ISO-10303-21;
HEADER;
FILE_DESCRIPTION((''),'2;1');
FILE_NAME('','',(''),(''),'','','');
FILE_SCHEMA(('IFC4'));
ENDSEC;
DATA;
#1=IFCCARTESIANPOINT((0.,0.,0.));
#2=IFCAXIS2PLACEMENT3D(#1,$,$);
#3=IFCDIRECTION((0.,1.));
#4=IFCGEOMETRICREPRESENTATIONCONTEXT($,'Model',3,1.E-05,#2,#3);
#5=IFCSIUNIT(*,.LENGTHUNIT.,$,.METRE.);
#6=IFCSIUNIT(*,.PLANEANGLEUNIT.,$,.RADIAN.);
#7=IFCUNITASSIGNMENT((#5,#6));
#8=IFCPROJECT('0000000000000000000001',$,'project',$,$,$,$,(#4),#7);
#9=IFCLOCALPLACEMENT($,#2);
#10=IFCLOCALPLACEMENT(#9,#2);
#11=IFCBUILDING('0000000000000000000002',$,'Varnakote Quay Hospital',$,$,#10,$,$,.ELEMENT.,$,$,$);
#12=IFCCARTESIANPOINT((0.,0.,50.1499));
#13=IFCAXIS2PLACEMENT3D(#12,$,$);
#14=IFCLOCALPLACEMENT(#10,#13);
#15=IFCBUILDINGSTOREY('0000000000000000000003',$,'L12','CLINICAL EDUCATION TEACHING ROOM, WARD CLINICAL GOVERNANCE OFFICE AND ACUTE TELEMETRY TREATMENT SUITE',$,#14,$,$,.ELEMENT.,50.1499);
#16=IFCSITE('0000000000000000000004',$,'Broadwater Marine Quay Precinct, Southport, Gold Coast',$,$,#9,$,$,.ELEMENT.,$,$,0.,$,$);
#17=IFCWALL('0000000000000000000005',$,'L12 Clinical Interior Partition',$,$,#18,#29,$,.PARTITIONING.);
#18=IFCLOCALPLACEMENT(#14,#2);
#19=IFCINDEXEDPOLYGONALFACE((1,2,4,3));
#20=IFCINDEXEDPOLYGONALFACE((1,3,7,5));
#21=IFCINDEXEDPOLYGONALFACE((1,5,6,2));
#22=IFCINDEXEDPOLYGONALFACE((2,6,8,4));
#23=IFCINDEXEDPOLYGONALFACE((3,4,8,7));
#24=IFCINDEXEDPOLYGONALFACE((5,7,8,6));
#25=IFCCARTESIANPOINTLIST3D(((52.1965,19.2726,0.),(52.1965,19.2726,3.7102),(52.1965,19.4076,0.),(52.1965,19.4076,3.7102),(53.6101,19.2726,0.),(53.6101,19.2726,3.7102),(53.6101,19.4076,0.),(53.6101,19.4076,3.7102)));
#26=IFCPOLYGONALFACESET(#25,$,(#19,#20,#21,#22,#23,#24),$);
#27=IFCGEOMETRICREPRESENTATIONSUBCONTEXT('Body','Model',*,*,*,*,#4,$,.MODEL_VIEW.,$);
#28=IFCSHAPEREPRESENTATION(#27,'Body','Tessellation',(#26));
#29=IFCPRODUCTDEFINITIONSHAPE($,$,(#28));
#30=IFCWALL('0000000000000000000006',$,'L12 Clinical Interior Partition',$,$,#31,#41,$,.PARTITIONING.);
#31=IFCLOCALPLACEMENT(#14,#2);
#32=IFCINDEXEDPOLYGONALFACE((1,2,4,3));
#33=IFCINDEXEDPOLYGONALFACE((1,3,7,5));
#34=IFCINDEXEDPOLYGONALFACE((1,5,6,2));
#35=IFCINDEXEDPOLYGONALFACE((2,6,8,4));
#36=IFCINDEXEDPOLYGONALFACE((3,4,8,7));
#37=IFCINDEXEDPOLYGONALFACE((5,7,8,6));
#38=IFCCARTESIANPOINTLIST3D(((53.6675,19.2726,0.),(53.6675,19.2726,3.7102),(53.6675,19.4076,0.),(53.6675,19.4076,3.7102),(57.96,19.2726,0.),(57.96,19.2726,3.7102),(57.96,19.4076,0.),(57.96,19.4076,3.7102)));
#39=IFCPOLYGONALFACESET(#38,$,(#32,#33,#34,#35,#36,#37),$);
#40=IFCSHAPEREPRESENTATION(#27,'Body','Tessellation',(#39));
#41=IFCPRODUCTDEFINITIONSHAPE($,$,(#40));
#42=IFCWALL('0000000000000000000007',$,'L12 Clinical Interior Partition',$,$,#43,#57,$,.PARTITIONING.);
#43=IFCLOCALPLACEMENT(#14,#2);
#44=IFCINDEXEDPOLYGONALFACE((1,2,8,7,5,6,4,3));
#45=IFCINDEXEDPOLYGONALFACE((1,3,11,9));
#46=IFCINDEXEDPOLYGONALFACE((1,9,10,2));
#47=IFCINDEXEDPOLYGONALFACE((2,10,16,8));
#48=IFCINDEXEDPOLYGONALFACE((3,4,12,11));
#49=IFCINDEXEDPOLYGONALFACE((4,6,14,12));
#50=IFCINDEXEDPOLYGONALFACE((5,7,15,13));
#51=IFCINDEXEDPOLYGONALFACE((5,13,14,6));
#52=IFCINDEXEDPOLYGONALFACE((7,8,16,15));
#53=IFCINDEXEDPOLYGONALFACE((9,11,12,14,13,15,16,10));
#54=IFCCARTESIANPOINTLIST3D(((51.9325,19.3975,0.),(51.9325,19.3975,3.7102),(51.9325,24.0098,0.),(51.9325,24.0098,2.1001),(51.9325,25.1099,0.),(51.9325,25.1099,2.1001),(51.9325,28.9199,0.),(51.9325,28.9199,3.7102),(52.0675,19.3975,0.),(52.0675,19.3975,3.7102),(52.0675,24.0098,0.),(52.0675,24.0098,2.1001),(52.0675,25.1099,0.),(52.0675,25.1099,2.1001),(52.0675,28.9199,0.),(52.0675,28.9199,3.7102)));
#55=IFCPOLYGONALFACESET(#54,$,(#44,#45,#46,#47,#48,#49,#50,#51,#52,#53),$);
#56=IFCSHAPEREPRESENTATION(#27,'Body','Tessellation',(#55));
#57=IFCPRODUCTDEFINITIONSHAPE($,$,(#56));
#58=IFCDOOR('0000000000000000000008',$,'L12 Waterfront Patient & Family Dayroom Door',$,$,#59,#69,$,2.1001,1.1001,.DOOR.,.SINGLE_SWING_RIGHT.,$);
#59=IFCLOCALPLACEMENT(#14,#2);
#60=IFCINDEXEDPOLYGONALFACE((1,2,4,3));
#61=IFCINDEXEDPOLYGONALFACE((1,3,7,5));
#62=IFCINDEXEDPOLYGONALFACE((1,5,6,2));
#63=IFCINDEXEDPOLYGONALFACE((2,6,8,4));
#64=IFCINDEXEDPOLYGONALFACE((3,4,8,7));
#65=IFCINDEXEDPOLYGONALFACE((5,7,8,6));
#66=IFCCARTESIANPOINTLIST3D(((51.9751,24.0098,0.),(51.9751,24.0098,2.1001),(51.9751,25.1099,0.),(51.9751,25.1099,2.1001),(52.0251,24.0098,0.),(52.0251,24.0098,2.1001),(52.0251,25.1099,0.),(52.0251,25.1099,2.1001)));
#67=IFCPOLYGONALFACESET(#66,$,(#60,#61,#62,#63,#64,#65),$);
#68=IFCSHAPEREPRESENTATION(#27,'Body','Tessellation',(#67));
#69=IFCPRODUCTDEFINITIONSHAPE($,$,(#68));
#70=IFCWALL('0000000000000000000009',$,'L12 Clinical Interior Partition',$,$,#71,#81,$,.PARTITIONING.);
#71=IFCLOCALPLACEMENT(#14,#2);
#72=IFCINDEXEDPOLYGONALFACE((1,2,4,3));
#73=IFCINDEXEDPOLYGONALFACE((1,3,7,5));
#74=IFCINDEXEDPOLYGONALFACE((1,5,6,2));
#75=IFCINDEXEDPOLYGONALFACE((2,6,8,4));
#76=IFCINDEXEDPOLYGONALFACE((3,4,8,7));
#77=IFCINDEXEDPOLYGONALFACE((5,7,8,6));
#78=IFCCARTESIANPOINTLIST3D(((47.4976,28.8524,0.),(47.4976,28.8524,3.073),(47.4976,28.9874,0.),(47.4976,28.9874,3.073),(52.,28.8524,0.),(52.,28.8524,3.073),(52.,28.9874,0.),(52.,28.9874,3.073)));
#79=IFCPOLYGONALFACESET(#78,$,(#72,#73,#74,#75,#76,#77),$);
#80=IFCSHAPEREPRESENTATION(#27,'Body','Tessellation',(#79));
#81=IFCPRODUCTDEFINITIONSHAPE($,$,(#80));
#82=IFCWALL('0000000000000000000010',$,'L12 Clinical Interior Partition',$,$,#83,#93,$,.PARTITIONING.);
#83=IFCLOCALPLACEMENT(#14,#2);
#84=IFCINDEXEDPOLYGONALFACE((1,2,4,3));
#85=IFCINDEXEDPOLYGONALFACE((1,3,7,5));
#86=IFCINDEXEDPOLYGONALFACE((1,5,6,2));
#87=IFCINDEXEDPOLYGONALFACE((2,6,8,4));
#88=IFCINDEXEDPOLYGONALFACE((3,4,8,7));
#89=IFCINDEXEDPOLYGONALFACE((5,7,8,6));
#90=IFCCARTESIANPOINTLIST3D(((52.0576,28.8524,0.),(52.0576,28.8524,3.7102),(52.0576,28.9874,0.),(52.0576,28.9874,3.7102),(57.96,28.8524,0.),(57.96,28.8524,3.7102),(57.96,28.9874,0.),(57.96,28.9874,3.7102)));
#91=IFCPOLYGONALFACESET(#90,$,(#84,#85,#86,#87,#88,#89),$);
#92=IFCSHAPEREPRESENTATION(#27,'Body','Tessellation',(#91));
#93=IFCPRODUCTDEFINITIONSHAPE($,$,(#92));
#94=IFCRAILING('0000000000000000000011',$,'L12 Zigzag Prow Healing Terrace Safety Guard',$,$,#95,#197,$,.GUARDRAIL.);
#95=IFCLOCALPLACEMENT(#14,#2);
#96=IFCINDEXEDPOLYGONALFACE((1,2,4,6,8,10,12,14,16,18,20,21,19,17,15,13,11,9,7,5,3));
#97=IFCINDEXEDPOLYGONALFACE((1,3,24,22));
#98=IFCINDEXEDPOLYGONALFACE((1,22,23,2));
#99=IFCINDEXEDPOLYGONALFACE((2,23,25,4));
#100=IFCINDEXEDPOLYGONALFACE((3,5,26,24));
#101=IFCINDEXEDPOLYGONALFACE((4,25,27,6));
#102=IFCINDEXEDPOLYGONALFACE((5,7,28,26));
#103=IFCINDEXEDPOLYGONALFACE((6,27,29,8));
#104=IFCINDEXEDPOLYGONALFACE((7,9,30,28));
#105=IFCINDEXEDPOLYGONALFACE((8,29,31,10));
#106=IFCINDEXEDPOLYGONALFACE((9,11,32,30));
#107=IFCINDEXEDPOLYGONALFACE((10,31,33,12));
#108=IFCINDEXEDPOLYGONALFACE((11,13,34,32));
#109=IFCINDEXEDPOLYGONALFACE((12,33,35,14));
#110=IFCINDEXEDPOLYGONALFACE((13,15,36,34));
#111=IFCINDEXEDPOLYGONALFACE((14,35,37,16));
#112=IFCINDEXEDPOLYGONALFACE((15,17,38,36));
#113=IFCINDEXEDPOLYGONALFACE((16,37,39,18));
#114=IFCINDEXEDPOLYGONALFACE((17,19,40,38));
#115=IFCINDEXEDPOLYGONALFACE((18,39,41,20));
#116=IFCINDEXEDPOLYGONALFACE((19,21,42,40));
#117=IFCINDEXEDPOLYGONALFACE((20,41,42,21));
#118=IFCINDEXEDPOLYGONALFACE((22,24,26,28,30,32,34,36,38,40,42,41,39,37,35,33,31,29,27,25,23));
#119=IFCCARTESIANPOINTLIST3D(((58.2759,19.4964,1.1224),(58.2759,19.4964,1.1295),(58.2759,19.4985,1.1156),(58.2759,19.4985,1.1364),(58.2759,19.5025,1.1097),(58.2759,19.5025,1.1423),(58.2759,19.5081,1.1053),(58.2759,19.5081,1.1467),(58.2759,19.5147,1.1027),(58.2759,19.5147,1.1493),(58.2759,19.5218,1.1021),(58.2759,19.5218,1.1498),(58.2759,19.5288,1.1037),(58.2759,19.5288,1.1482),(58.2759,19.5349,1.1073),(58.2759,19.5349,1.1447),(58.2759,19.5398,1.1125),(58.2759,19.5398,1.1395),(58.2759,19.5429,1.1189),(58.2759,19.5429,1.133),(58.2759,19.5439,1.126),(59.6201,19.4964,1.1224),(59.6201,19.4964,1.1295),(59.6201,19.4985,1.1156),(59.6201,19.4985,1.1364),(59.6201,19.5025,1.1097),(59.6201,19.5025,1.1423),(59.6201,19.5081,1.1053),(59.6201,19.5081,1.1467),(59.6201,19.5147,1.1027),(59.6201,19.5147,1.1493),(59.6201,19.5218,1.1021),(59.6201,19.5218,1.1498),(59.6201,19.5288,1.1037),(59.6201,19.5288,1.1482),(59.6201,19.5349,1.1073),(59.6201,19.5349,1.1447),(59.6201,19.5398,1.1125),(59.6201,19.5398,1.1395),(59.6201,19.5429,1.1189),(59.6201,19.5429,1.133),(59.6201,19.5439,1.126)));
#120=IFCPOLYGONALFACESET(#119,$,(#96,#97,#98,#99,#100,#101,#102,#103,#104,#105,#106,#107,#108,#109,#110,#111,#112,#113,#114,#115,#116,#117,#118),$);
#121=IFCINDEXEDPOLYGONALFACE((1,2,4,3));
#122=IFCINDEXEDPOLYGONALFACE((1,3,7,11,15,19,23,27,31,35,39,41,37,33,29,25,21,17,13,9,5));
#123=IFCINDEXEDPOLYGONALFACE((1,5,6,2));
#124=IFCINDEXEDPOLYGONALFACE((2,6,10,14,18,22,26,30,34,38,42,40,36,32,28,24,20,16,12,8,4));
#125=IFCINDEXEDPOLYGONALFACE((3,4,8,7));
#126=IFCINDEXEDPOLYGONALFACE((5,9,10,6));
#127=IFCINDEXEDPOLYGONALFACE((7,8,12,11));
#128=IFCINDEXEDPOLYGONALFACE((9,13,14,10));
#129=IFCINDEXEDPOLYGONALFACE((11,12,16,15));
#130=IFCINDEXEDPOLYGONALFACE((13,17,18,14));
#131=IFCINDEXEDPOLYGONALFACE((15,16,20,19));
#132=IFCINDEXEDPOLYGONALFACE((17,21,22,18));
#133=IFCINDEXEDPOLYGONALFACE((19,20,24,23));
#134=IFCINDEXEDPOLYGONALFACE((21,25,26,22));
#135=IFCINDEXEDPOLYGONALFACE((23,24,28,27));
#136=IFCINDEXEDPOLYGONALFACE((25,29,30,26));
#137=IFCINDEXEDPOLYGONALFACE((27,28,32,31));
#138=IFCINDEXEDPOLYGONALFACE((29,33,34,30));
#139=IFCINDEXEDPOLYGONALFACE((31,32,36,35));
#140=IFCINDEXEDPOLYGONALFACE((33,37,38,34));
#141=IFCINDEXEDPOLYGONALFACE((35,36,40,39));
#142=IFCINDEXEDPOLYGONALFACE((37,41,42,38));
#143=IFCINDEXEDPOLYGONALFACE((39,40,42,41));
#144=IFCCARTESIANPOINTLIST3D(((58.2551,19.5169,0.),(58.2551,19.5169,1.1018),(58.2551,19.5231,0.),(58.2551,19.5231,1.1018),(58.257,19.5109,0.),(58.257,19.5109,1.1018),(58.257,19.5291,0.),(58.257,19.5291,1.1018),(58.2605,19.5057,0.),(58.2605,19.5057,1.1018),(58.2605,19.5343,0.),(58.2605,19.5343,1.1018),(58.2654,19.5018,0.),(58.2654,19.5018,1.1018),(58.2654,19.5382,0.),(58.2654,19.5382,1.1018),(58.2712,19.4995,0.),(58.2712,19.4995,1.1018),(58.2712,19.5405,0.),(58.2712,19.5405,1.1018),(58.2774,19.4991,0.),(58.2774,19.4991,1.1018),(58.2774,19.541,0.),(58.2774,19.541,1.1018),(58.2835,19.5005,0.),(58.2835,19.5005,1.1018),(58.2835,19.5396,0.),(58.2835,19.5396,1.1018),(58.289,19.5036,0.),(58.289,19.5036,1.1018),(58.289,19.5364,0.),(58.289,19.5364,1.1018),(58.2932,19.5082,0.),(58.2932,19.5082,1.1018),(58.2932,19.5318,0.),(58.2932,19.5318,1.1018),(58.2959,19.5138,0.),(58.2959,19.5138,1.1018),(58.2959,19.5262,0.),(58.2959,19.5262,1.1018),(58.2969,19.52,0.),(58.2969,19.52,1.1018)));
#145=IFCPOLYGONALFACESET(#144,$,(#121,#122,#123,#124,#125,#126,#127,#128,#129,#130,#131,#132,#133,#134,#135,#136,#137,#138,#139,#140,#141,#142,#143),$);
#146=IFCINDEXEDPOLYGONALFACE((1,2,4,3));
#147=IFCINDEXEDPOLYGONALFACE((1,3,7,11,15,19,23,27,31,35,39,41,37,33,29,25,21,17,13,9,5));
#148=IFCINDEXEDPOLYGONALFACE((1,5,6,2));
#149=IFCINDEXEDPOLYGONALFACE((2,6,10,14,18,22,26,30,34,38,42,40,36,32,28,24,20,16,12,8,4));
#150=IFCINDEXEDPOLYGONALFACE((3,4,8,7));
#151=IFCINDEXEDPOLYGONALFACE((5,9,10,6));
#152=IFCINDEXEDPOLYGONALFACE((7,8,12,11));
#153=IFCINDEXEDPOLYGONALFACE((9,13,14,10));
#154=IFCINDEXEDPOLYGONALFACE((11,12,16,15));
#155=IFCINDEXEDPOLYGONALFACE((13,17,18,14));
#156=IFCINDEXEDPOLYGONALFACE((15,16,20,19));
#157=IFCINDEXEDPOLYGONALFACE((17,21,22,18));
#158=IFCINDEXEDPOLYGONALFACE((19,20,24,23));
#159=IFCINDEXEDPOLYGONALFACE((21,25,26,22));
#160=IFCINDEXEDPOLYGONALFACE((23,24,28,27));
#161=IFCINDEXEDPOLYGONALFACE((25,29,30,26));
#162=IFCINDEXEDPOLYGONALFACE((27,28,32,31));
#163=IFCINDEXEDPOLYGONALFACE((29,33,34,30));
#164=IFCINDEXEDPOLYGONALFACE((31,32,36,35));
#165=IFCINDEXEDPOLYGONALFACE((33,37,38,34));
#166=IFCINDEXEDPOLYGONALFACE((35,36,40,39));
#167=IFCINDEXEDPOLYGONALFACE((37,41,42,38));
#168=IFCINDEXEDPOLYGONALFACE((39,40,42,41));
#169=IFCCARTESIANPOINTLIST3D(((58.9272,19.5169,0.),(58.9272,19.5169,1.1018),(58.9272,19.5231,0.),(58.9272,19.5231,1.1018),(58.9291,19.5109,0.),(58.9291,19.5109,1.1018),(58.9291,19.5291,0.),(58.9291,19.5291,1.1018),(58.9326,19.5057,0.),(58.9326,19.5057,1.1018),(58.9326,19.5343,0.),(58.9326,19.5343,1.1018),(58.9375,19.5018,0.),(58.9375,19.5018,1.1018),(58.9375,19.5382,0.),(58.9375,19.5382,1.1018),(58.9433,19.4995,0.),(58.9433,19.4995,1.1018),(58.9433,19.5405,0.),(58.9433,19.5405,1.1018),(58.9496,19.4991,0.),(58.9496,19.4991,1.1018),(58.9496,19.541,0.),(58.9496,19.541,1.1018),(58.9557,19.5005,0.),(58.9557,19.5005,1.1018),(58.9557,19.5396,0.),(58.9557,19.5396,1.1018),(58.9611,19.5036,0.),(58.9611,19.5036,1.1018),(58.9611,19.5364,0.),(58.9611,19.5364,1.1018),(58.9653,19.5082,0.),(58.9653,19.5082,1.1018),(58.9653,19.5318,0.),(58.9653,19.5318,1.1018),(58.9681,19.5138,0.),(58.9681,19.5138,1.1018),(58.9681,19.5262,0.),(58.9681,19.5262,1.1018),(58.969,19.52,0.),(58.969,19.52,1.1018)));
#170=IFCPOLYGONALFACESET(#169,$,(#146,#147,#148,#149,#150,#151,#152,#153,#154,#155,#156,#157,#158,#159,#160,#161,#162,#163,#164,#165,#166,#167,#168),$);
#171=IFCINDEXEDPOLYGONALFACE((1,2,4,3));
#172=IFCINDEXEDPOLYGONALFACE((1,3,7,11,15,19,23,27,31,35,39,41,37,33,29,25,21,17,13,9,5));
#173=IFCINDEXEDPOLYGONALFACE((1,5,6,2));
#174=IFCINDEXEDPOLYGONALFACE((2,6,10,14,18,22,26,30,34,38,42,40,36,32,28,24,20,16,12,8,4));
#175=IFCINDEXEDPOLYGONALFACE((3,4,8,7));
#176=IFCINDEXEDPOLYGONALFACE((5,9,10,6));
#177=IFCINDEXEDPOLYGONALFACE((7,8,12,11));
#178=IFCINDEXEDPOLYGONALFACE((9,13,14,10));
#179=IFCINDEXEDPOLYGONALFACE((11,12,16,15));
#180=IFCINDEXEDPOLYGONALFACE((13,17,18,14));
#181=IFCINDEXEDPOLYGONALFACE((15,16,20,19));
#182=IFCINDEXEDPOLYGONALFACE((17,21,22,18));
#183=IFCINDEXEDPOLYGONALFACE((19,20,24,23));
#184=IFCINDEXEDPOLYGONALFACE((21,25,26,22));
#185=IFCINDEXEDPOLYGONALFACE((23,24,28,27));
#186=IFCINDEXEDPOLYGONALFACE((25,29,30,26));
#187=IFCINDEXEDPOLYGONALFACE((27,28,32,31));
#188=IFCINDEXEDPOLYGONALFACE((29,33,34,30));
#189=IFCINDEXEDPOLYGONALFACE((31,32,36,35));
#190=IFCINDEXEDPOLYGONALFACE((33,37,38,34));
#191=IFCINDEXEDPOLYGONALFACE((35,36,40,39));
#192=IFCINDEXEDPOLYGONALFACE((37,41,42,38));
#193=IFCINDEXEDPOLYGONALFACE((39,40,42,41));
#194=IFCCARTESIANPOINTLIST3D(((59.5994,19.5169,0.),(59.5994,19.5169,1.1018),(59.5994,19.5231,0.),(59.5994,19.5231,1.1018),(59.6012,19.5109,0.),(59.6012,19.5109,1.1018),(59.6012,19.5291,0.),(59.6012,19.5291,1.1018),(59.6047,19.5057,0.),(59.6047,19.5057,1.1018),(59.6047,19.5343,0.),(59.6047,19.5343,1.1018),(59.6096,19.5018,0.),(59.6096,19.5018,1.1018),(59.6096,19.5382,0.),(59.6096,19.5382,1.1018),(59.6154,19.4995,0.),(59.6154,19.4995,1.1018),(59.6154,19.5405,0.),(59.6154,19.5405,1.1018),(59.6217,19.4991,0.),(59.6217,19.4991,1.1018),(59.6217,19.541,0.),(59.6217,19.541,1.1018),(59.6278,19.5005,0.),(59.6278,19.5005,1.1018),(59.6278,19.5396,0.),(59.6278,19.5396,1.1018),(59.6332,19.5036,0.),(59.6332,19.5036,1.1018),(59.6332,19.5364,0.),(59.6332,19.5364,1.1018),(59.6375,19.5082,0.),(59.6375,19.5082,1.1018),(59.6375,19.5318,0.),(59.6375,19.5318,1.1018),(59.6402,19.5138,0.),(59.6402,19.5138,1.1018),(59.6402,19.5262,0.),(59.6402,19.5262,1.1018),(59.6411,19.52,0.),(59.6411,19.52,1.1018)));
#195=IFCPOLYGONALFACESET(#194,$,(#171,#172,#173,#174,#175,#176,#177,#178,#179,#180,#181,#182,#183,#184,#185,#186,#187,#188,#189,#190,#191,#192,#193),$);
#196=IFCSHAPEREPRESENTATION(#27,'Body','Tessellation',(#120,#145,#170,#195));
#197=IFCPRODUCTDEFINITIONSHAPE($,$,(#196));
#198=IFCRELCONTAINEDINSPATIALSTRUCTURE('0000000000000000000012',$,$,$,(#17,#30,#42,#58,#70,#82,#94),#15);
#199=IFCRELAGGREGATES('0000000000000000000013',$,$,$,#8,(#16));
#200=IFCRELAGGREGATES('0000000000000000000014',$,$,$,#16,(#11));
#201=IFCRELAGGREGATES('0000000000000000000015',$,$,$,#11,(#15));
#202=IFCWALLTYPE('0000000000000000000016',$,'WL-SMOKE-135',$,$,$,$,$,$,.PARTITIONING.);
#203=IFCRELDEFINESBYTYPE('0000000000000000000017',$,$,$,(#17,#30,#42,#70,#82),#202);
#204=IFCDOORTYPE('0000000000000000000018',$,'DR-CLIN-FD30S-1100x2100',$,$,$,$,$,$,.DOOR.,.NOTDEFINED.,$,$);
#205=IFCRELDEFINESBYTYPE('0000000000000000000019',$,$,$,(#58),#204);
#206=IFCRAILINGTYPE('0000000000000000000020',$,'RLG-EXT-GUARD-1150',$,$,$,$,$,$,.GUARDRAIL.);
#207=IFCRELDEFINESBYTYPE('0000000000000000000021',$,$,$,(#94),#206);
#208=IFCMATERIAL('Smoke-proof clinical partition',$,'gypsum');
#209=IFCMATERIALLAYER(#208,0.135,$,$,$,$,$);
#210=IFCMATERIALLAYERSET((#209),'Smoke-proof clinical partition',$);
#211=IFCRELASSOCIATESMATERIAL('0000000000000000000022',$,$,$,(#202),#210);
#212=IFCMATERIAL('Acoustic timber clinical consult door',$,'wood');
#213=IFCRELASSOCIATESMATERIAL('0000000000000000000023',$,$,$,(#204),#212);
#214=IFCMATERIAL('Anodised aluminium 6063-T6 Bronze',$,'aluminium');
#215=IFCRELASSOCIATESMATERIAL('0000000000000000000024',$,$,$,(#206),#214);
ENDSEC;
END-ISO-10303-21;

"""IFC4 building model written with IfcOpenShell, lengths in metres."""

from ifc_helpers import new_model, si_unit, direction, frame, frame_2d, origin, origin_2d, place, context, subcontext, project, spatial, rectangle, circle, extrude, material, layer, layer_set, type_object, element, fill, save


model = new_model("IFC4")

# Units and contexts
model_context = context("Model", 3, precision=1e-05, world=origin(), true_north=direction((0.0, 1.0)))
body_context = subcontext(model_context, "Body", "Model", "MODEL_VIEW")
ifc_project = project(units=[si_unit("LENGTHUNIT", "METRE"), si_unit("PLANEANGLEUNIT", "RADIAN")], contexts=[model_context])

# Site, building, storey
site_placement = place(None, origin())
site = spatial("IfcSite", under=ifc_project, at=site_placement, Name="Broadwater Marine Quay Precinct, Southport, Gold Coast", CompositionType="ELEMENT", RefElevation=0.0)
building_placement = place(site_placement, origin())
building = spatial("IfcBuilding", under=site, at=building_placement, Name="Varnakote Quay Hospital", CompositionType="ELEMENT")
storey_placement = place(building_placement, frame((0.0, 0.0, 50.1499)))
storey = spatial("IfcBuildingStorey", under=building, at=storey_placement, Name="L12", Description="CLINICAL EDUCATION TEACHING ROOM, WARD CLINICAL GOVERNANCE OFFICE AND ACUTE TELEMETRY TREATMENT SUITE", CompositionType="ELEMENT", Elevation=50.1499)

# Walls
ifc_material_1 = material(Name="Smoke-proof clinical partition", Category="gypsum")
ifc_layer_1 = layer(ifc_material_1, 0.135)
ifc_layer_set_1 = layer_set([ifc_layer_1], Name="Smoke-proof clinical partition")
wall_type_1 = type_object("IfcWallType", Name="WL-SMOKE-135", PredefinedType="PARTITIONING", material=ifc_layer_set_1)
wall_1_placement = place(storey_placement, frame((53.6101, 19.3401, 0.0), z_axis=(0.0, 0.0, 1.0), x_axis=(-1.0, 0.0, 0.0)))
element("IfcWall", 1, at=wall_1_placement, inside=storey, type_object=wall_type_1, Name="L12 Clinical Interior Partition", PredefinedType="PARTITIONING", context=body_context, shape_type="SweptSolid", body=[
    extrude(rectangle(XDim=1.4136, YDim=0.135, at=frame_2d((0.7068, 0.0))), origin(), (0.0, 0.0, 1.0), 3.7102),
])
wall_2_placement = place(storey_placement, frame((57.96, 19.3401, 0.0), z_axis=(0.0, 0.0, 1.0), x_axis=(-1.0, 0.0, 0.0)))
element("IfcWall", 2, at=wall_2_placement, inside=storey, type_object=wall_type_1, Name="L12 Clinical Interior Partition", PredefinedType="PARTITIONING", context=body_context, shape_type="SweptSolid", body=[
    extrude(rectangle(XDim=4.2925, YDim=0.135, at=frame_2d((2.1462, 0.0))), origin(), (0.0, 0.0, 1.0), 3.7102),
])

# Wall, opening, door
wall_3_placement = place(storey_placement, frame((52.0, 19.3975, 0.0), z_axis=(0.0, 0.0, 1.0), x_axis=(0.0, 1.0, 0.0)))
wall_3 = element("IfcWall", 3, at=wall_3_placement, inside=storey, type_object=wall_type_1, Name="L12 Clinical Interior Partition", PredefinedType="PARTITIONING", context=body_context, shape_type="SweptSolid", body=[
    extrude(rectangle(XDim=9.5225, YDim=0.135, at=frame_2d((4.7612, 0.0))), origin(), (0.0, 0.0, 1.0), 3.7102),
])
opening_placement = place(wall_3_placement, frame((4.6123, 0.0, 0.0)))
opening = element("IfcOpeningElement", 4, at=opening_placement, cuts=wall_3, PredefinedType="OPENING", context=body_context, shape_type="SweptSolid", body=[
    extrude(rectangle(XDim=1.1001, YDim=2.1001, at=frame_2d((0.55, 1.05))), frame((0.0, 0.0774, 0.0), z_axis=(0.0, -1.0, 0.0), x_axis=(1.0, 0.0, 0.0)), (0.0, 0.0, 1.0), 0.155),
])
ifc_material_2 = material(Name="Acoustic timber clinical consult door", Category="wood")
door_type = type_object("IfcDoorType", Name="DR-CLIN-FD30S-1100x2100", OperationType="NOTDEFINED", PredefinedType="DOOR", material=ifc_material_2)
door_placement = place(opening_placement, origin())
door = element("IfcDoor", 5, at=door_placement, inside=storey, type_object=door_type, Name="L12 Waterfront Patient & Family Dayroom Door", OperationType="SINGLE_SWING_RIGHT", OverallHeight=2.1001, OverallWidth=1.1001, PredefinedType="DOOR", context=body_context, shape_type="SweptSolid", body=[
    extrude(rectangle(XDim=1.1001, YDim=2.1001, at=frame_2d((0.55, 1.05))), frame((0.0, 0.0249, 0.0), z_axis=(0.0, -1.0, 0.0), x_axis=(1.0, 0.0, 0.0)), (0.0, 0.0, 1.0), 0.05),
])
fill(opening, door)

# Walls
wall_4_placement = place(storey_placement, frame((52.0, 28.9199, 0.0), z_axis=(0.0, 0.0, 1.0), x_axis=(-1.0, 0.0, 0.0)))
element("IfcWall", 6, at=wall_4_placement, inside=storey, type_object=wall_type_1, Name="L12 Clinical Interior Partition", PredefinedType="PARTITIONING", context=body_context, shape_type="SweptSolid", body=[
    extrude(rectangle(XDim=4.5024, YDim=0.135, at=frame_2d((2.2512, 0.0))), origin(), (0.0, 0.0, 1.0), 3.073),
])
wall_5_placement = place(storey_placement, frame((57.96, 28.9199, 0.0), z_axis=(0.0, 0.0, 1.0), x_axis=(-1.0, 0.0, 0.0)))
element("IfcWall", 7, at=wall_5_placement, inside=storey, type_object=wall_type_1, Name="L12 Clinical Interior Partition", PredefinedType="PARTITIONING", context=body_context, shape_type="SweptSolid", body=[
    extrude(rectangle(XDim=5.9023, YDim=0.135, at=frame_2d((2.9512, 0.0))), origin(), (0.0, 0.0, 1.0), 3.7102),
])

# Railing
ifc_material_3 = material(Name="Anodised aluminium 6063-T6 Bronze", Category="aluminium")
railing_type = type_object("IfcRailingType", Name="RLG-EXT-GUARD-1150", PredefinedType="GUARDRAIL", material=ifc_material_3)
railing_1_placement = place(storey_placement, frame((58.2759, 19.52, 0.0)))
element("IfcRailing", 8, at=railing_1_placement, inside=storey, type_object=railing_type, Name="L12 Zigzag Prow Healing Terrace Safety Guard", PredefinedType="GUARDRAIL", context=body_context, shape_type="SweptSolid", body=[
    extrude(circle(Radius=0.0239, at=origin_2d()), frame((0.0, 0.0, 1.126), z_axis=(1.0, 0.0, 0.0), x_axis=(0.0, 1.0, 0.0)), (0.0, 0.0, 1.0), 1.3442),
    extrude(circle(Radius=0.021, at=origin_2d()), origin(), (0.0, 0.0, 1.0), 1.1018),
    extrude(circle(Radius=0.021, at=origin_2d()), frame((0.6721, 0.0, 0.0)), (0.0, 0.0, 1.0), 1.1018),
    extrude(circle(Radius=0.021, at=origin_2d()), frame((1.3442, 0.0, 0.0)), (0.0, 0.0, 1.0), 1.1018),
])

save(model, "model.ifc")
